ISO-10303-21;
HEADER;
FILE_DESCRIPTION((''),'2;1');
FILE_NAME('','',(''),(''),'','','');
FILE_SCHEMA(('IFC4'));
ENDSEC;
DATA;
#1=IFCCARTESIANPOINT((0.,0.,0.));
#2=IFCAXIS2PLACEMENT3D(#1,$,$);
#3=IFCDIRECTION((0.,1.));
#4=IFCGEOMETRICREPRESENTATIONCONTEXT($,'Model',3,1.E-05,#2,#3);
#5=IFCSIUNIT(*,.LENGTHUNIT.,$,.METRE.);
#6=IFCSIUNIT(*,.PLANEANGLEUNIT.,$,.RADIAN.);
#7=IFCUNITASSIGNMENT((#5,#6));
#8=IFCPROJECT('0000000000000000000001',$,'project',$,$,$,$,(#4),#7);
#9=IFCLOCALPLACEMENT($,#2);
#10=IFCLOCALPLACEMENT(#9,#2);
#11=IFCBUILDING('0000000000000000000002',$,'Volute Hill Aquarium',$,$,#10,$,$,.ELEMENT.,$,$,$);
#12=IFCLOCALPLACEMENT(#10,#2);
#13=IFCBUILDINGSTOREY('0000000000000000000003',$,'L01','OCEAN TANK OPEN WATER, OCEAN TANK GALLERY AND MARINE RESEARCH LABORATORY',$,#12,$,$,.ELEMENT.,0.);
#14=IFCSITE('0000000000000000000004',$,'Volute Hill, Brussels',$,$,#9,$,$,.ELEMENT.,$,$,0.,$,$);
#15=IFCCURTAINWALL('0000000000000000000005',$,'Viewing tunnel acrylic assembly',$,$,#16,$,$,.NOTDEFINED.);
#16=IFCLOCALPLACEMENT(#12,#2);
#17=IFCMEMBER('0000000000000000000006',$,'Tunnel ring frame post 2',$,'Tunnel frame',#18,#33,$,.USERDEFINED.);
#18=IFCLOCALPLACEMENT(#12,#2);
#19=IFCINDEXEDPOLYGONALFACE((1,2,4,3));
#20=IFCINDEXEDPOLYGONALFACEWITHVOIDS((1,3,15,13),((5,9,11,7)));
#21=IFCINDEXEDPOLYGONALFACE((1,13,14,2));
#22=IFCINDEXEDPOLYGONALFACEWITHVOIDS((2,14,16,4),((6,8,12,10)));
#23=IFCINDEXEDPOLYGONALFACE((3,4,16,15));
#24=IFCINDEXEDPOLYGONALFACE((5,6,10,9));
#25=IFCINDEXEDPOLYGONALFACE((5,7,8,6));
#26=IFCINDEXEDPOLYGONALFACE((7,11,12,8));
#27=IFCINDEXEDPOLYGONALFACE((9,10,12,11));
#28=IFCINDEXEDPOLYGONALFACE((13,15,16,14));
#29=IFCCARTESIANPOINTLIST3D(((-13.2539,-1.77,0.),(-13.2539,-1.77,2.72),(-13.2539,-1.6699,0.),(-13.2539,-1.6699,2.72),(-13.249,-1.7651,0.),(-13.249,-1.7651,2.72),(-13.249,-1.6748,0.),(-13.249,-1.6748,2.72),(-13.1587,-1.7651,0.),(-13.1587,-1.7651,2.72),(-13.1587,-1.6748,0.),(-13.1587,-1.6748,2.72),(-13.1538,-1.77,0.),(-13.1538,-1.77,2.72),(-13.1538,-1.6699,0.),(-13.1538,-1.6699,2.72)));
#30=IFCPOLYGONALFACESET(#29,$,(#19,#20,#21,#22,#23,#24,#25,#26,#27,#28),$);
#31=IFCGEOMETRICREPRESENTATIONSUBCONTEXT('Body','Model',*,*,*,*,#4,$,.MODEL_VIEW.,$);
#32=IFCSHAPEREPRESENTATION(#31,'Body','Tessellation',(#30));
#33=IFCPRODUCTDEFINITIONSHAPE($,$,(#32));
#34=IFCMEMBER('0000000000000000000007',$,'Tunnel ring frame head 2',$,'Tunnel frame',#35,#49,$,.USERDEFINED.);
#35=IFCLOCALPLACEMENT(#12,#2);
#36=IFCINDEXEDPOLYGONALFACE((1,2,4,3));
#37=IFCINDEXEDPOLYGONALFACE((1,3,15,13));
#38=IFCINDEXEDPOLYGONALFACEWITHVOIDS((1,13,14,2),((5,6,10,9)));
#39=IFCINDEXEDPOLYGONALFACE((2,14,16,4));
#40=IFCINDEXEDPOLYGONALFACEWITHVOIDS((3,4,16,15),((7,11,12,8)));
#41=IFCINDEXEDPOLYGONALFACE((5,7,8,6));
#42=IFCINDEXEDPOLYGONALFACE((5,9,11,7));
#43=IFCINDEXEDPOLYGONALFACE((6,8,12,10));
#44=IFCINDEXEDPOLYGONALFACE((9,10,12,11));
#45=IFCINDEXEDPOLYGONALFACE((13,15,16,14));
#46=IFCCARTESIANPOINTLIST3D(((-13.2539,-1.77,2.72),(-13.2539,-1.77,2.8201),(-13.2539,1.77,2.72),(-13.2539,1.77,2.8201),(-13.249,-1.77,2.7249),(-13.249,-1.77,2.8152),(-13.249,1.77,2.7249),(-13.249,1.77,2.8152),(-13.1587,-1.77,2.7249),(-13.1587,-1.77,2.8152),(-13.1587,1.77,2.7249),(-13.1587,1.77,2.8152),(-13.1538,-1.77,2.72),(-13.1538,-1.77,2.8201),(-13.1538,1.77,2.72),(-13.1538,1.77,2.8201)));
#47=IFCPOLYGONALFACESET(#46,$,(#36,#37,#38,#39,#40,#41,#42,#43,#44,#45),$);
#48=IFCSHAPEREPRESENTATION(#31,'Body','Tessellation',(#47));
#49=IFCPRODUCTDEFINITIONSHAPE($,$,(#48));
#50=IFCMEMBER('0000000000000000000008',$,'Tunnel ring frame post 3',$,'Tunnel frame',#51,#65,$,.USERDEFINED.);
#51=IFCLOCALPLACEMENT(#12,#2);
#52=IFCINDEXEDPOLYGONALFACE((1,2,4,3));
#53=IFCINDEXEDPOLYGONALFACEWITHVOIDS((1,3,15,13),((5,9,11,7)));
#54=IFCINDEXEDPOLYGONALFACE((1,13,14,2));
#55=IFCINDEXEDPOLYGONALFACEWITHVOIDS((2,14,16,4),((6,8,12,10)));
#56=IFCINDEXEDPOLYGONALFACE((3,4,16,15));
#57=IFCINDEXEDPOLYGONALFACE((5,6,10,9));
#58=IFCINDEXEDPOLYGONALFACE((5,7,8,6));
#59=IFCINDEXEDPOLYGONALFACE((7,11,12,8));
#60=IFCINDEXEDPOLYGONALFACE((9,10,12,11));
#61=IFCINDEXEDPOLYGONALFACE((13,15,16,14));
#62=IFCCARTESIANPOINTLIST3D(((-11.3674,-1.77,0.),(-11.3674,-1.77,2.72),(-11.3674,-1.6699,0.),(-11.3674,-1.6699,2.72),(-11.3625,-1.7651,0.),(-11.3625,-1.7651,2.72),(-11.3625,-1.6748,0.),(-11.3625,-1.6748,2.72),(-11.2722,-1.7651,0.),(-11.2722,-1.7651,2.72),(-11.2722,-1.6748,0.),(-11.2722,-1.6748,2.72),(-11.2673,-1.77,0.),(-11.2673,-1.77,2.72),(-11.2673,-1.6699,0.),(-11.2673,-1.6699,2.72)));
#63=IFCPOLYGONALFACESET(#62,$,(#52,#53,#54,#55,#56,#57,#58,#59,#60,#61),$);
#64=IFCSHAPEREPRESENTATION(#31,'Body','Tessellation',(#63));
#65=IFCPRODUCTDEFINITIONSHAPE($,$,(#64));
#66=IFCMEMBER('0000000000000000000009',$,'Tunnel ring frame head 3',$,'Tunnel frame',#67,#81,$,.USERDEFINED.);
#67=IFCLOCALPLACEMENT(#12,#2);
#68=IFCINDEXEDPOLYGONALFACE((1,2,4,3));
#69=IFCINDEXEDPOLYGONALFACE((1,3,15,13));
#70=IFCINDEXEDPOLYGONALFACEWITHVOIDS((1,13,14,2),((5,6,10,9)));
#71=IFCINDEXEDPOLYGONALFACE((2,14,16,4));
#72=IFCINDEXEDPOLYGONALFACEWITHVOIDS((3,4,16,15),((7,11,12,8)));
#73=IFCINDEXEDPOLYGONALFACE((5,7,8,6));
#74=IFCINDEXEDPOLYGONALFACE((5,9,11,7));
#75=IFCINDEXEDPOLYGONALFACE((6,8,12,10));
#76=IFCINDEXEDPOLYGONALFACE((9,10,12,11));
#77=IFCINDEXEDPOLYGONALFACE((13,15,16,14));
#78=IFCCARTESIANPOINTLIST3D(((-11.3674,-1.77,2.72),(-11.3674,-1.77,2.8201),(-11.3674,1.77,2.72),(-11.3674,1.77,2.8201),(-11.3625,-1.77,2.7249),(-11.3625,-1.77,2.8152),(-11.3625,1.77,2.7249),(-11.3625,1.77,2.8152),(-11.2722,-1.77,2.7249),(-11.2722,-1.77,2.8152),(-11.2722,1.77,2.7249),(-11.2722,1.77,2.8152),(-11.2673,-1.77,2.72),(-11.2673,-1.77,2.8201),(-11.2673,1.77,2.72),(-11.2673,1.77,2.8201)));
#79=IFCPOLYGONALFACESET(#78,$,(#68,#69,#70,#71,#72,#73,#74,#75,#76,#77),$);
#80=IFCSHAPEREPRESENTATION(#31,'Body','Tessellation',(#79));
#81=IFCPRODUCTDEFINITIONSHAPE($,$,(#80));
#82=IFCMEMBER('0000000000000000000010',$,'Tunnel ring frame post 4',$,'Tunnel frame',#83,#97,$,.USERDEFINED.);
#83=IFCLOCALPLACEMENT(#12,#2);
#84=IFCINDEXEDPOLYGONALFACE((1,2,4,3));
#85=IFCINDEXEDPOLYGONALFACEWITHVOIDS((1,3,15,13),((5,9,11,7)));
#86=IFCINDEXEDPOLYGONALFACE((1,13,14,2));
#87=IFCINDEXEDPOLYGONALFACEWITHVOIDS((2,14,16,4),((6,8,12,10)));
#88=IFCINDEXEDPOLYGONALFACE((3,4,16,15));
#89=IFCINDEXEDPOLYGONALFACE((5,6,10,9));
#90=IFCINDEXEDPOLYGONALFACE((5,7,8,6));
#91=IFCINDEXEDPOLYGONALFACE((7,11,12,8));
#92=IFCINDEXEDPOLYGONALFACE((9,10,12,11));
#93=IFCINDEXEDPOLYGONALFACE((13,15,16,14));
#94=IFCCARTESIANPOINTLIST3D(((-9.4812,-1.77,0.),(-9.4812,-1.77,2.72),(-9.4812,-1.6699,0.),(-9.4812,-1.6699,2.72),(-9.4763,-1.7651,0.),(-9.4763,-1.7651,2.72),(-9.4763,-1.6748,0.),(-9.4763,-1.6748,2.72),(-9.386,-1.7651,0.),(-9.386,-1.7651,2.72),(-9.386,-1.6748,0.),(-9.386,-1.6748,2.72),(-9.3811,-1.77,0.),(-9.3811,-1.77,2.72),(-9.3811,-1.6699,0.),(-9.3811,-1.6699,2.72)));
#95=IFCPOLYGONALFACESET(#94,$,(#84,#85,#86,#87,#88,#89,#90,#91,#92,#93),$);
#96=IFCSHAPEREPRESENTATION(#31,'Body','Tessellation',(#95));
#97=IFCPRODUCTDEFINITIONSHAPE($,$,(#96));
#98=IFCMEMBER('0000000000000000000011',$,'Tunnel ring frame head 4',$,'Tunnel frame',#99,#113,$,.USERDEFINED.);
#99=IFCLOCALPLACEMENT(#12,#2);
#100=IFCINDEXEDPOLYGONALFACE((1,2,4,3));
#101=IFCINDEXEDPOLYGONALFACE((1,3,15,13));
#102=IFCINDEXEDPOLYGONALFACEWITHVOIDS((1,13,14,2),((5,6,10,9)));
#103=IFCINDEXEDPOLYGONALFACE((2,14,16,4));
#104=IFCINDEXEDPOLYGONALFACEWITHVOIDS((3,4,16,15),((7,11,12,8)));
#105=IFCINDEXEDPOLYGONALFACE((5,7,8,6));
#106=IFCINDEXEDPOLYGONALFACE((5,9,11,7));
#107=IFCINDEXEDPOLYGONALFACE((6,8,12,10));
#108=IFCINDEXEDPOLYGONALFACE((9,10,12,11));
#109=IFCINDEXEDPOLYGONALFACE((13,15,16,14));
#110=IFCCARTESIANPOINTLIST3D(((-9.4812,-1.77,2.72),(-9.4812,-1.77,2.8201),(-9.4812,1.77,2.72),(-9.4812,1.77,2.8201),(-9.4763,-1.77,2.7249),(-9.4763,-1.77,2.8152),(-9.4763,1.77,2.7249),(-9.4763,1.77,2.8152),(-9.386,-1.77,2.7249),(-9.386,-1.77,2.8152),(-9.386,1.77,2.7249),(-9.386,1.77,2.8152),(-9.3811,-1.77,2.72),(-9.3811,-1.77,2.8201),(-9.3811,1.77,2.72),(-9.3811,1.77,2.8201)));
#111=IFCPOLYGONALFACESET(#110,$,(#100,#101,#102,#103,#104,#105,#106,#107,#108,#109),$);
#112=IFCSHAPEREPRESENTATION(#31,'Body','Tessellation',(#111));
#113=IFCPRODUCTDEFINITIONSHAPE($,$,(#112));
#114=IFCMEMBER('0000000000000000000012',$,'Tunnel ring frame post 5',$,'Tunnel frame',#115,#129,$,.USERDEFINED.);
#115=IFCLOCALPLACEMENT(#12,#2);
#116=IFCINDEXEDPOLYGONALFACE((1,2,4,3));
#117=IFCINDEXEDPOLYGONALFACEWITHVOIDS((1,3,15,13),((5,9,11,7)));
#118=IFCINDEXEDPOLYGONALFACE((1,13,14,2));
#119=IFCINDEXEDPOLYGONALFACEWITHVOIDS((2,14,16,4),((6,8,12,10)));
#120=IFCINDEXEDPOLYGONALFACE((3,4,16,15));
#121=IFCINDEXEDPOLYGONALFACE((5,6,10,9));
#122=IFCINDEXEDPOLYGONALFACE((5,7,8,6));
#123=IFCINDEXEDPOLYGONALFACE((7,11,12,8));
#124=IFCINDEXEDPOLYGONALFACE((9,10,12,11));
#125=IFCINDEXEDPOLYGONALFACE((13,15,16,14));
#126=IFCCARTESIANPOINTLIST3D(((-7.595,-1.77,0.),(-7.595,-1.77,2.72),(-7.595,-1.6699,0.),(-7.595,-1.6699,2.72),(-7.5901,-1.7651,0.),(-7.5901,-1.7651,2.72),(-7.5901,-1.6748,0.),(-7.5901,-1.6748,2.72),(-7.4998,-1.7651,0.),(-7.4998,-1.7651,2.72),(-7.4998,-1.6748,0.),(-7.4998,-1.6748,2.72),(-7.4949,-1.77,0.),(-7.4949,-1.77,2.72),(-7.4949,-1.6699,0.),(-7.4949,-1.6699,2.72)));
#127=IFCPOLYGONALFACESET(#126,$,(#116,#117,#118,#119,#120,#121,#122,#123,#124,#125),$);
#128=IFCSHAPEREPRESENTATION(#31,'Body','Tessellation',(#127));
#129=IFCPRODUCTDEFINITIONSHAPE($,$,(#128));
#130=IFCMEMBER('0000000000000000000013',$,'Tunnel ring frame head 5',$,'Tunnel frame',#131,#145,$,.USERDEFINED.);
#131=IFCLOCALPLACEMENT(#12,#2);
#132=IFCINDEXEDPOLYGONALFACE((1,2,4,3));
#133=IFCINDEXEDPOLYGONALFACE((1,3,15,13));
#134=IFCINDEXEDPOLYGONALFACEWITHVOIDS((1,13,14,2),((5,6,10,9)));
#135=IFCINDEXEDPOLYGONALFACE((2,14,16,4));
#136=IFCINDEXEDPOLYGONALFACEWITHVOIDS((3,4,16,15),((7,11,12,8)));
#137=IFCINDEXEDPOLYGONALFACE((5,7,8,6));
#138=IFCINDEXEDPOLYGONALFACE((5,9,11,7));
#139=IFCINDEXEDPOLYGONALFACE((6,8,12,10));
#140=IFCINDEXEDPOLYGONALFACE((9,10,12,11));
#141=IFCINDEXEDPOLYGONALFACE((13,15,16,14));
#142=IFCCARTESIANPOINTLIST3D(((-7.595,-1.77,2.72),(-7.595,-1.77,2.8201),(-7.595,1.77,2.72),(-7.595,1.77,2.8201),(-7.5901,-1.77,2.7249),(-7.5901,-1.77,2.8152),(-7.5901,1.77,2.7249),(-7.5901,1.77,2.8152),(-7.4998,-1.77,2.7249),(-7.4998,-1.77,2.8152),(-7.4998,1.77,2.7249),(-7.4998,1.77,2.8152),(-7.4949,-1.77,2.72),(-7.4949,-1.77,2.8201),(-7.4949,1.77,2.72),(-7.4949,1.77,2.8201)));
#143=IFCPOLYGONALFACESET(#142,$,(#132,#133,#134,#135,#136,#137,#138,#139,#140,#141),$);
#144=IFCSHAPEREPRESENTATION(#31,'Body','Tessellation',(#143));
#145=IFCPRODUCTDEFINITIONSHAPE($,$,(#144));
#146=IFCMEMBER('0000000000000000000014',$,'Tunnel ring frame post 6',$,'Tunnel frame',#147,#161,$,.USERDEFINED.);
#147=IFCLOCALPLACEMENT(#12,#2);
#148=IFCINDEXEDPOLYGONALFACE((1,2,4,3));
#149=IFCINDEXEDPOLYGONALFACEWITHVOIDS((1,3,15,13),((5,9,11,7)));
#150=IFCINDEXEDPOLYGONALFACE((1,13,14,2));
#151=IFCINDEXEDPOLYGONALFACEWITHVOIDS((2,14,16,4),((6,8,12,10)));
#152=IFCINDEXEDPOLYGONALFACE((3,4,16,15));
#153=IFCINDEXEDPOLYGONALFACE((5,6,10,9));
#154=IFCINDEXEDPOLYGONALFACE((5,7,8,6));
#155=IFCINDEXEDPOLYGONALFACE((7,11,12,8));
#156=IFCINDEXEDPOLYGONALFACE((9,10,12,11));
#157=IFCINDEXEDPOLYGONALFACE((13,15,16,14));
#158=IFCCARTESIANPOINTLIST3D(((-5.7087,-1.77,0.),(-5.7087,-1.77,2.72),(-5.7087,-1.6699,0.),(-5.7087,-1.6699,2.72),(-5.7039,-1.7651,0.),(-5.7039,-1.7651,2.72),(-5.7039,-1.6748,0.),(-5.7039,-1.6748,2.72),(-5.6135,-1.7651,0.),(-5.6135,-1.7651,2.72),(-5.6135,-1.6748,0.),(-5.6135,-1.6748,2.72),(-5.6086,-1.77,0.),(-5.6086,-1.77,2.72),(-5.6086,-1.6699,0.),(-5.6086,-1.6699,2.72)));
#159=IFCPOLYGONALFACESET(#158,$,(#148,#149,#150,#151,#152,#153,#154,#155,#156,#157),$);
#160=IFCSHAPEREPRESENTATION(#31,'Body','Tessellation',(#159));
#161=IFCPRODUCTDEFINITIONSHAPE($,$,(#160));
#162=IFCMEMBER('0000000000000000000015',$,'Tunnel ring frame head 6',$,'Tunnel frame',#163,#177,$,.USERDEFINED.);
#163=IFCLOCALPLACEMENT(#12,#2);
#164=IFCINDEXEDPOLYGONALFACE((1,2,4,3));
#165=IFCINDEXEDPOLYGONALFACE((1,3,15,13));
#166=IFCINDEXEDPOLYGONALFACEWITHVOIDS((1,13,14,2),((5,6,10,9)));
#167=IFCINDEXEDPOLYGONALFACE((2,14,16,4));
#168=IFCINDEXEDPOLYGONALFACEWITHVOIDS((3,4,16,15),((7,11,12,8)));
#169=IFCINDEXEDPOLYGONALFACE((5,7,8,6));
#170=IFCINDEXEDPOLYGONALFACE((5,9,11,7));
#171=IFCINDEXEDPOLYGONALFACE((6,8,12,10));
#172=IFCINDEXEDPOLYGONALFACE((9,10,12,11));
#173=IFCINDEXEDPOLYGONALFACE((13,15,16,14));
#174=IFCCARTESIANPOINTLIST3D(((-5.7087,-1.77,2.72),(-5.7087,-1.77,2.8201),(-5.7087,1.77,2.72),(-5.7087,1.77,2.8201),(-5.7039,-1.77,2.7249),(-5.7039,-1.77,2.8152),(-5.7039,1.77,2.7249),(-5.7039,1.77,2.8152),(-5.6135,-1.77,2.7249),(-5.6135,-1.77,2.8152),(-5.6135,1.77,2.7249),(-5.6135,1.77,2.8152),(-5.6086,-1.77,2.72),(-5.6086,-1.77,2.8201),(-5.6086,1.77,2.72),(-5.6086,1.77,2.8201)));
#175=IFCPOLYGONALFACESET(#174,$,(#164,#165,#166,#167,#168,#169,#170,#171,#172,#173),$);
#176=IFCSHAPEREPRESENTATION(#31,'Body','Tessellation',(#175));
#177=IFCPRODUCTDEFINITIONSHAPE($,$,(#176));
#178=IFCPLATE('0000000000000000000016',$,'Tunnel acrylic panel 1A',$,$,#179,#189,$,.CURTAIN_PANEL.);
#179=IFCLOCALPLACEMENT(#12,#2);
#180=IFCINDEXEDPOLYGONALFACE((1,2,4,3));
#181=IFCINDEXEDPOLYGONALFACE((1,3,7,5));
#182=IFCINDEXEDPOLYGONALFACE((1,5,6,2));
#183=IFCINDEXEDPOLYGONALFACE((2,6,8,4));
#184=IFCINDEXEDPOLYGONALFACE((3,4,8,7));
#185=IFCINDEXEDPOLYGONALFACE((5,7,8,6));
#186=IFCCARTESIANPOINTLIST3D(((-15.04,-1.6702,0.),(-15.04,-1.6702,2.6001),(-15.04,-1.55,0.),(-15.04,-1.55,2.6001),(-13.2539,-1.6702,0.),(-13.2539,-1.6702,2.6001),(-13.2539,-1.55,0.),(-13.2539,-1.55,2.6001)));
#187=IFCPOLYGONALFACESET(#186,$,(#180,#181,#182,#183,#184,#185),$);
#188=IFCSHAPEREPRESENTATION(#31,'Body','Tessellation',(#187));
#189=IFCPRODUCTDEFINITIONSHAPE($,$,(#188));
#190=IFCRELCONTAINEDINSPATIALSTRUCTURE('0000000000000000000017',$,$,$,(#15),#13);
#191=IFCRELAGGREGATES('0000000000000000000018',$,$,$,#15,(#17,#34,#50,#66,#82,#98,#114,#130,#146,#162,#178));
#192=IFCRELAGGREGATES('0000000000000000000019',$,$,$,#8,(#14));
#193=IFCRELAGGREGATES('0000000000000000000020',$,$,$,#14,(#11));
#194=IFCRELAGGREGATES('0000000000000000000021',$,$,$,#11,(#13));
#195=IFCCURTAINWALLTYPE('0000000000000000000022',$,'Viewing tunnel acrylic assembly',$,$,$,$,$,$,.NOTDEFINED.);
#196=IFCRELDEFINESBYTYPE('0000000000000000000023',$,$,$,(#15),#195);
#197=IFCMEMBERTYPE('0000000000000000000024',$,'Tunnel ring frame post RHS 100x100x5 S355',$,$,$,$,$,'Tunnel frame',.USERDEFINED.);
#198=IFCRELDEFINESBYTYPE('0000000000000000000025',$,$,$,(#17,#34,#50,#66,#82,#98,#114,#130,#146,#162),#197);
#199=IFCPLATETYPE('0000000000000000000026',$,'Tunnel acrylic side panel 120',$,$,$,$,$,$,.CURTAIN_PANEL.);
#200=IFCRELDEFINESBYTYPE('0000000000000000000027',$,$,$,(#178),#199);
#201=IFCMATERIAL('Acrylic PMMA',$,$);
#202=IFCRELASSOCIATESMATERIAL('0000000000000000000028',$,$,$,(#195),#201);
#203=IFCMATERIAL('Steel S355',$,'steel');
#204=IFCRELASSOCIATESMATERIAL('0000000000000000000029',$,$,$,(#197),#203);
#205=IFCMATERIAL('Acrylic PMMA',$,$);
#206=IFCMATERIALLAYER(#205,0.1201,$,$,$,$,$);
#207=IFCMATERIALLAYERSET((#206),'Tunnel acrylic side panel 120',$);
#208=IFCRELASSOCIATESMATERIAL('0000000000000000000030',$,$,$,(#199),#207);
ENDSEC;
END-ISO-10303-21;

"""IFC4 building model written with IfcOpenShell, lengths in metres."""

from ifc_helpers import new_model, si_unit, direction, frame, origin, origin_2d, place, context, subcontext, project, spatial, rectangle, hollow_rectangle, extrude, material, layer, layer_set, material_profile, profile_set, type_object, element, aggregate, save


model = new_model("IFC4")

# Units and contexts
model_context = context("Model", 3, precision=1e-05, world=origin(), true_north=direction((0.0, 1.0)))
body_context = subcontext(model_context, "Body", "Model", "MODEL_VIEW")
ifc_project = project(units=[si_unit("LENGTHUNIT", "METRE"), si_unit("PLANEANGLEUNIT", "RADIAN")], contexts=[model_context])

# Site, building, storey
site_placement = place(None, origin())
site = spatial("IfcSite", under=ifc_project, at=site_placement, Name="Volute Hill, Brussels", CompositionType="ELEMENT", RefElevation=0.0)
building_placement = place(site_placement, origin())
building = spatial("IfcBuilding", under=site, at=building_placement, Name="Volute Hill Aquarium", CompositionType="ELEMENT")
storey_placement = place(building_placement, origin())
storey = spatial("IfcBuildingStorey", under=building, at=storey_placement, Name="L01", Description="OCEAN TANK OPEN WATER, OCEAN TANK GALLERY AND MARINE RESEARCH LABORATORY", CompositionType="ELEMENT", Elevation=0.0)

# Curtain wall, members, plate
ifc_material_1 = material(Name="Acrylic PMMA")
curtain_wall_type = type_object("IfcCurtainWallType", Name="Viewing tunnel acrylic assembly", PredefinedType="NOTDEFINED", material=ifc_material_1)
curtain_wall_placement = place(storey_placement, origin())
curtain_wall = element("IfcCurtainWall", 1, at=curtain_wall_placement, inside=storey, type_object=curtain_wall_type, Name="Viewing tunnel acrylic assembly", PredefinedType="NOTDEFINED")
ifc_material_2 = material(Name="Steel S355", Category="steel")
ifc_material_profile = material_profile(ifc_material_2, hollow_rectangle(XDim=0.1001, YDim=0.1001, WallThickness=0.0049, at=origin_2d()), Name="RHS 100x100x5")
ifc_profile_set = profile_set([ifc_material_profile], Name="Steel S355")
member_type = type_object("IfcMemberType", Name="Tunnel ring frame post RHS 100x100x5 S355", ElementType="Tunnel frame", PredefinedType="USERDEFINED", material=ifc_profile_set)
member_1_placement = place(storey_placement, frame((-13.2039, -1.72, 0.0), z_axis=(0.0, 0.0, 1.0), x_axis=(1.0, 0.0, 0.0)))
member_1 = element("IfcMember", 2, at=member_1_placement, type_object=member_type, Name="Tunnel ring frame post 2", ObjectType="Tunnel frame", PredefinedType="USERDEFINED", context=body_context, shape_type="SweptSolid", body=[
    extrude(hollow_rectangle(XDim=0.1001, YDim=0.1001, WallThickness=0.0049, at=origin_2d()), origin(), (0.0, 0.0, 1.0), 2.72),
])
member_2_placement = place(storey_placement, frame((-13.2039, -1.77, 2.77), z_axis=(0.0, 1.0, 0.0), x_axis=(-1.0, 0.0, 0.0)))
member_2 = element("IfcMember", 3, at=member_2_placement, type_object=member_type, Name="Tunnel ring frame head 2", ObjectType="Tunnel frame", PredefinedType="USERDEFINED", context=body_context, shape_type="SweptSolid", body=[
    extrude(hollow_rectangle(XDim=0.1001, YDim=0.1001, WallThickness=0.0049, at=origin_2d()), origin(), (0.0, 0.0, 1.0), 3.54),
])
member_3_placement = place(storey_placement, frame((-11.3174, -1.72, 0.0), z_axis=(0.0, 0.0, 1.0), x_axis=(1.0, 0.0, 0.0)))
member_3 = element("IfcMember", 4, at=member_3_placement, type_object=member_type, Name="Tunnel ring frame post 3", ObjectType="Tunnel frame", PredefinedType="USERDEFINED", context=body_context, shape_type="SweptSolid", body=[
    extrude(hollow_rectangle(XDim=0.1001, YDim=0.1001, WallThickness=0.0049, at=origin_2d()), origin(), (0.0, 0.0, 1.0), 2.72),
])
member_4_placement = place(storey_placement, frame((-11.3174, -1.77, 2.77), z_axis=(0.0, 1.0, 0.0), x_axis=(-1.0, 0.0, 0.0)))
member_4 = element("IfcMember", 5, at=member_4_placement, type_object=member_type, Name="Tunnel ring frame head 3", ObjectType="Tunnel frame", PredefinedType="USERDEFINED", context=body_context, shape_type="SweptSolid", body=[
    extrude(hollow_rectangle(XDim=0.1001, YDim=0.1001, WallThickness=0.0049, at=origin_2d()), origin(), (0.0, 0.0, 1.0), 3.54),
])
member_5_placement = place(storey_placement, frame((-9.4312, -1.72, 0.0), z_axis=(0.0, 0.0, 1.0), x_axis=(1.0, 0.0, 0.0)))
member_5 = element("IfcMember", 6, at=member_5_placement, type_object=member_type, Name="Tunnel ring frame post 4", ObjectType="Tunnel frame", PredefinedType="USERDEFINED", context=body_context, shape_type="SweptSolid", body=[
    extrude(hollow_rectangle(XDim=0.1001, YDim=0.1001, WallThickness=0.0049, at=origin_2d()), origin(), (0.0, 0.0, 1.0), 2.72),
])
member_6_placement = place(storey_placement, frame((-9.4312, -1.77, 2.77), z_axis=(0.0, 1.0, 0.0), x_axis=(-1.0, 0.0, 0.0)))
member_6 = element("IfcMember", 7, at=member_6_placement, type_object=member_type, Name="Tunnel ring frame head 4", ObjectType="Tunnel frame", PredefinedType="USERDEFINED", context=body_context, shape_type="SweptSolid", body=[
    extrude(hollow_rectangle(XDim=0.1001, YDim=0.1001, WallThickness=0.0049, at=origin_2d()), origin(), (0.0, 0.0, 1.0), 3.54),
])
member_7_placement = place(storey_placement, frame((-7.5449, -1.72, 0.0), z_axis=(0.0, 0.0, 1.0), x_axis=(1.0, 0.0, 0.0)))
member_7 = element("IfcMember", 8, at=member_7_placement, type_object=member_type, Name="Tunnel ring frame post 5", ObjectType="Tunnel frame", PredefinedType="USERDEFINED", context=body_context, shape_type="SweptSolid", body=[
    extrude(hollow_rectangle(XDim=0.1001, YDim=0.1001, WallThickness=0.0049, at=origin_2d()), origin(), (0.0, 0.0, 1.0), 2.72),
])
member_8_placement = place(storey_placement, frame((-7.5449, -1.77, 2.77), z_axis=(0.0, 1.0, 0.0), x_axis=(-1.0, 0.0, 0.0)))
member_8 = element("IfcMember", 9, at=member_8_placement, type_object=member_type, Name="Tunnel ring frame head 5", ObjectType="Tunnel frame", PredefinedType="USERDEFINED", context=body_context, shape_type="SweptSolid", body=[
    extrude(hollow_rectangle(XDim=0.1001, YDim=0.1001, WallThickness=0.0049, at=origin_2d()), origin(), (0.0, 0.0, 1.0), 3.54),
])
member_9_placement = place(storey_placement, frame((-5.6587, -1.72, 0.0), z_axis=(0.0, 0.0, 1.0), x_axis=(1.0, 0.0, 0.0)))
member_9 = element("IfcMember", 10, at=member_9_placement, type_object=member_type, Name="Tunnel ring frame post 6", ObjectType="Tunnel frame", PredefinedType="USERDEFINED", context=body_context, shape_type="SweptSolid", body=[
    extrude(hollow_rectangle(XDim=0.1001, YDim=0.1001, WallThickness=0.0049, at=origin_2d()), origin(), (0.0, 0.0, 1.0), 2.72),
])
member_10_placement = place(storey_placement, frame((-5.6587, -1.77, 2.77), z_axis=(0.0, 1.0, 0.0), x_axis=(-1.0, 0.0, 0.0)))
member_10 = element("IfcMember", 11, at=member_10_placement, type_object=member_type, Name="Tunnel ring frame head 6", ObjectType="Tunnel frame", PredefinedType="USERDEFINED", context=body_context, shape_type="SweptSolid", body=[
    extrude(hollow_rectangle(XDim=0.1001, YDim=0.1001, WallThickness=0.0049, at=origin_2d()), origin(), (0.0, 0.0, 1.0), 3.54),
])
ifc_material_3 = material(Name="Acrylic PMMA")
ifc_layer_1 = layer(ifc_material_3, 0.1201)
ifc_layer_set_1 = layer_set([ifc_layer_1], Name="Tunnel acrylic side panel 120")
plate_type_1 = type_object("IfcPlateType", Name="Tunnel acrylic side panel 120", PredefinedType="CURTAIN_PANEL", material=ifc_layer_set_1)
plate_1_placement = place(storey_placement, frame((-14.147, -1.6101, 0.0), z_axis=(0.0, 0.0, 1.0), x_axis=(1.0, 0.0, 0.0)))
plate_1 = element("IfcPlate", 12, at=plate_1_placement, type_object=plate_type_1, Name="Tunnel acrylic panel 1A", PredefinedType="CURTAIN_PANEL", context=body_context, shape_type="SweptSolid", body=[
    extrude(rectangle(XDim=1.7861, YDim=0.1201, at=origin_2d()), origin(), (0.0, 0.0, 1.0), 2.6001),
])
aggregate(curtain_wall, [member_1, member_2, member_3, member_4, member_5, member_6, member_7, member_8, member_9, member_10, plate_1])

save(model, "model.ifc")
